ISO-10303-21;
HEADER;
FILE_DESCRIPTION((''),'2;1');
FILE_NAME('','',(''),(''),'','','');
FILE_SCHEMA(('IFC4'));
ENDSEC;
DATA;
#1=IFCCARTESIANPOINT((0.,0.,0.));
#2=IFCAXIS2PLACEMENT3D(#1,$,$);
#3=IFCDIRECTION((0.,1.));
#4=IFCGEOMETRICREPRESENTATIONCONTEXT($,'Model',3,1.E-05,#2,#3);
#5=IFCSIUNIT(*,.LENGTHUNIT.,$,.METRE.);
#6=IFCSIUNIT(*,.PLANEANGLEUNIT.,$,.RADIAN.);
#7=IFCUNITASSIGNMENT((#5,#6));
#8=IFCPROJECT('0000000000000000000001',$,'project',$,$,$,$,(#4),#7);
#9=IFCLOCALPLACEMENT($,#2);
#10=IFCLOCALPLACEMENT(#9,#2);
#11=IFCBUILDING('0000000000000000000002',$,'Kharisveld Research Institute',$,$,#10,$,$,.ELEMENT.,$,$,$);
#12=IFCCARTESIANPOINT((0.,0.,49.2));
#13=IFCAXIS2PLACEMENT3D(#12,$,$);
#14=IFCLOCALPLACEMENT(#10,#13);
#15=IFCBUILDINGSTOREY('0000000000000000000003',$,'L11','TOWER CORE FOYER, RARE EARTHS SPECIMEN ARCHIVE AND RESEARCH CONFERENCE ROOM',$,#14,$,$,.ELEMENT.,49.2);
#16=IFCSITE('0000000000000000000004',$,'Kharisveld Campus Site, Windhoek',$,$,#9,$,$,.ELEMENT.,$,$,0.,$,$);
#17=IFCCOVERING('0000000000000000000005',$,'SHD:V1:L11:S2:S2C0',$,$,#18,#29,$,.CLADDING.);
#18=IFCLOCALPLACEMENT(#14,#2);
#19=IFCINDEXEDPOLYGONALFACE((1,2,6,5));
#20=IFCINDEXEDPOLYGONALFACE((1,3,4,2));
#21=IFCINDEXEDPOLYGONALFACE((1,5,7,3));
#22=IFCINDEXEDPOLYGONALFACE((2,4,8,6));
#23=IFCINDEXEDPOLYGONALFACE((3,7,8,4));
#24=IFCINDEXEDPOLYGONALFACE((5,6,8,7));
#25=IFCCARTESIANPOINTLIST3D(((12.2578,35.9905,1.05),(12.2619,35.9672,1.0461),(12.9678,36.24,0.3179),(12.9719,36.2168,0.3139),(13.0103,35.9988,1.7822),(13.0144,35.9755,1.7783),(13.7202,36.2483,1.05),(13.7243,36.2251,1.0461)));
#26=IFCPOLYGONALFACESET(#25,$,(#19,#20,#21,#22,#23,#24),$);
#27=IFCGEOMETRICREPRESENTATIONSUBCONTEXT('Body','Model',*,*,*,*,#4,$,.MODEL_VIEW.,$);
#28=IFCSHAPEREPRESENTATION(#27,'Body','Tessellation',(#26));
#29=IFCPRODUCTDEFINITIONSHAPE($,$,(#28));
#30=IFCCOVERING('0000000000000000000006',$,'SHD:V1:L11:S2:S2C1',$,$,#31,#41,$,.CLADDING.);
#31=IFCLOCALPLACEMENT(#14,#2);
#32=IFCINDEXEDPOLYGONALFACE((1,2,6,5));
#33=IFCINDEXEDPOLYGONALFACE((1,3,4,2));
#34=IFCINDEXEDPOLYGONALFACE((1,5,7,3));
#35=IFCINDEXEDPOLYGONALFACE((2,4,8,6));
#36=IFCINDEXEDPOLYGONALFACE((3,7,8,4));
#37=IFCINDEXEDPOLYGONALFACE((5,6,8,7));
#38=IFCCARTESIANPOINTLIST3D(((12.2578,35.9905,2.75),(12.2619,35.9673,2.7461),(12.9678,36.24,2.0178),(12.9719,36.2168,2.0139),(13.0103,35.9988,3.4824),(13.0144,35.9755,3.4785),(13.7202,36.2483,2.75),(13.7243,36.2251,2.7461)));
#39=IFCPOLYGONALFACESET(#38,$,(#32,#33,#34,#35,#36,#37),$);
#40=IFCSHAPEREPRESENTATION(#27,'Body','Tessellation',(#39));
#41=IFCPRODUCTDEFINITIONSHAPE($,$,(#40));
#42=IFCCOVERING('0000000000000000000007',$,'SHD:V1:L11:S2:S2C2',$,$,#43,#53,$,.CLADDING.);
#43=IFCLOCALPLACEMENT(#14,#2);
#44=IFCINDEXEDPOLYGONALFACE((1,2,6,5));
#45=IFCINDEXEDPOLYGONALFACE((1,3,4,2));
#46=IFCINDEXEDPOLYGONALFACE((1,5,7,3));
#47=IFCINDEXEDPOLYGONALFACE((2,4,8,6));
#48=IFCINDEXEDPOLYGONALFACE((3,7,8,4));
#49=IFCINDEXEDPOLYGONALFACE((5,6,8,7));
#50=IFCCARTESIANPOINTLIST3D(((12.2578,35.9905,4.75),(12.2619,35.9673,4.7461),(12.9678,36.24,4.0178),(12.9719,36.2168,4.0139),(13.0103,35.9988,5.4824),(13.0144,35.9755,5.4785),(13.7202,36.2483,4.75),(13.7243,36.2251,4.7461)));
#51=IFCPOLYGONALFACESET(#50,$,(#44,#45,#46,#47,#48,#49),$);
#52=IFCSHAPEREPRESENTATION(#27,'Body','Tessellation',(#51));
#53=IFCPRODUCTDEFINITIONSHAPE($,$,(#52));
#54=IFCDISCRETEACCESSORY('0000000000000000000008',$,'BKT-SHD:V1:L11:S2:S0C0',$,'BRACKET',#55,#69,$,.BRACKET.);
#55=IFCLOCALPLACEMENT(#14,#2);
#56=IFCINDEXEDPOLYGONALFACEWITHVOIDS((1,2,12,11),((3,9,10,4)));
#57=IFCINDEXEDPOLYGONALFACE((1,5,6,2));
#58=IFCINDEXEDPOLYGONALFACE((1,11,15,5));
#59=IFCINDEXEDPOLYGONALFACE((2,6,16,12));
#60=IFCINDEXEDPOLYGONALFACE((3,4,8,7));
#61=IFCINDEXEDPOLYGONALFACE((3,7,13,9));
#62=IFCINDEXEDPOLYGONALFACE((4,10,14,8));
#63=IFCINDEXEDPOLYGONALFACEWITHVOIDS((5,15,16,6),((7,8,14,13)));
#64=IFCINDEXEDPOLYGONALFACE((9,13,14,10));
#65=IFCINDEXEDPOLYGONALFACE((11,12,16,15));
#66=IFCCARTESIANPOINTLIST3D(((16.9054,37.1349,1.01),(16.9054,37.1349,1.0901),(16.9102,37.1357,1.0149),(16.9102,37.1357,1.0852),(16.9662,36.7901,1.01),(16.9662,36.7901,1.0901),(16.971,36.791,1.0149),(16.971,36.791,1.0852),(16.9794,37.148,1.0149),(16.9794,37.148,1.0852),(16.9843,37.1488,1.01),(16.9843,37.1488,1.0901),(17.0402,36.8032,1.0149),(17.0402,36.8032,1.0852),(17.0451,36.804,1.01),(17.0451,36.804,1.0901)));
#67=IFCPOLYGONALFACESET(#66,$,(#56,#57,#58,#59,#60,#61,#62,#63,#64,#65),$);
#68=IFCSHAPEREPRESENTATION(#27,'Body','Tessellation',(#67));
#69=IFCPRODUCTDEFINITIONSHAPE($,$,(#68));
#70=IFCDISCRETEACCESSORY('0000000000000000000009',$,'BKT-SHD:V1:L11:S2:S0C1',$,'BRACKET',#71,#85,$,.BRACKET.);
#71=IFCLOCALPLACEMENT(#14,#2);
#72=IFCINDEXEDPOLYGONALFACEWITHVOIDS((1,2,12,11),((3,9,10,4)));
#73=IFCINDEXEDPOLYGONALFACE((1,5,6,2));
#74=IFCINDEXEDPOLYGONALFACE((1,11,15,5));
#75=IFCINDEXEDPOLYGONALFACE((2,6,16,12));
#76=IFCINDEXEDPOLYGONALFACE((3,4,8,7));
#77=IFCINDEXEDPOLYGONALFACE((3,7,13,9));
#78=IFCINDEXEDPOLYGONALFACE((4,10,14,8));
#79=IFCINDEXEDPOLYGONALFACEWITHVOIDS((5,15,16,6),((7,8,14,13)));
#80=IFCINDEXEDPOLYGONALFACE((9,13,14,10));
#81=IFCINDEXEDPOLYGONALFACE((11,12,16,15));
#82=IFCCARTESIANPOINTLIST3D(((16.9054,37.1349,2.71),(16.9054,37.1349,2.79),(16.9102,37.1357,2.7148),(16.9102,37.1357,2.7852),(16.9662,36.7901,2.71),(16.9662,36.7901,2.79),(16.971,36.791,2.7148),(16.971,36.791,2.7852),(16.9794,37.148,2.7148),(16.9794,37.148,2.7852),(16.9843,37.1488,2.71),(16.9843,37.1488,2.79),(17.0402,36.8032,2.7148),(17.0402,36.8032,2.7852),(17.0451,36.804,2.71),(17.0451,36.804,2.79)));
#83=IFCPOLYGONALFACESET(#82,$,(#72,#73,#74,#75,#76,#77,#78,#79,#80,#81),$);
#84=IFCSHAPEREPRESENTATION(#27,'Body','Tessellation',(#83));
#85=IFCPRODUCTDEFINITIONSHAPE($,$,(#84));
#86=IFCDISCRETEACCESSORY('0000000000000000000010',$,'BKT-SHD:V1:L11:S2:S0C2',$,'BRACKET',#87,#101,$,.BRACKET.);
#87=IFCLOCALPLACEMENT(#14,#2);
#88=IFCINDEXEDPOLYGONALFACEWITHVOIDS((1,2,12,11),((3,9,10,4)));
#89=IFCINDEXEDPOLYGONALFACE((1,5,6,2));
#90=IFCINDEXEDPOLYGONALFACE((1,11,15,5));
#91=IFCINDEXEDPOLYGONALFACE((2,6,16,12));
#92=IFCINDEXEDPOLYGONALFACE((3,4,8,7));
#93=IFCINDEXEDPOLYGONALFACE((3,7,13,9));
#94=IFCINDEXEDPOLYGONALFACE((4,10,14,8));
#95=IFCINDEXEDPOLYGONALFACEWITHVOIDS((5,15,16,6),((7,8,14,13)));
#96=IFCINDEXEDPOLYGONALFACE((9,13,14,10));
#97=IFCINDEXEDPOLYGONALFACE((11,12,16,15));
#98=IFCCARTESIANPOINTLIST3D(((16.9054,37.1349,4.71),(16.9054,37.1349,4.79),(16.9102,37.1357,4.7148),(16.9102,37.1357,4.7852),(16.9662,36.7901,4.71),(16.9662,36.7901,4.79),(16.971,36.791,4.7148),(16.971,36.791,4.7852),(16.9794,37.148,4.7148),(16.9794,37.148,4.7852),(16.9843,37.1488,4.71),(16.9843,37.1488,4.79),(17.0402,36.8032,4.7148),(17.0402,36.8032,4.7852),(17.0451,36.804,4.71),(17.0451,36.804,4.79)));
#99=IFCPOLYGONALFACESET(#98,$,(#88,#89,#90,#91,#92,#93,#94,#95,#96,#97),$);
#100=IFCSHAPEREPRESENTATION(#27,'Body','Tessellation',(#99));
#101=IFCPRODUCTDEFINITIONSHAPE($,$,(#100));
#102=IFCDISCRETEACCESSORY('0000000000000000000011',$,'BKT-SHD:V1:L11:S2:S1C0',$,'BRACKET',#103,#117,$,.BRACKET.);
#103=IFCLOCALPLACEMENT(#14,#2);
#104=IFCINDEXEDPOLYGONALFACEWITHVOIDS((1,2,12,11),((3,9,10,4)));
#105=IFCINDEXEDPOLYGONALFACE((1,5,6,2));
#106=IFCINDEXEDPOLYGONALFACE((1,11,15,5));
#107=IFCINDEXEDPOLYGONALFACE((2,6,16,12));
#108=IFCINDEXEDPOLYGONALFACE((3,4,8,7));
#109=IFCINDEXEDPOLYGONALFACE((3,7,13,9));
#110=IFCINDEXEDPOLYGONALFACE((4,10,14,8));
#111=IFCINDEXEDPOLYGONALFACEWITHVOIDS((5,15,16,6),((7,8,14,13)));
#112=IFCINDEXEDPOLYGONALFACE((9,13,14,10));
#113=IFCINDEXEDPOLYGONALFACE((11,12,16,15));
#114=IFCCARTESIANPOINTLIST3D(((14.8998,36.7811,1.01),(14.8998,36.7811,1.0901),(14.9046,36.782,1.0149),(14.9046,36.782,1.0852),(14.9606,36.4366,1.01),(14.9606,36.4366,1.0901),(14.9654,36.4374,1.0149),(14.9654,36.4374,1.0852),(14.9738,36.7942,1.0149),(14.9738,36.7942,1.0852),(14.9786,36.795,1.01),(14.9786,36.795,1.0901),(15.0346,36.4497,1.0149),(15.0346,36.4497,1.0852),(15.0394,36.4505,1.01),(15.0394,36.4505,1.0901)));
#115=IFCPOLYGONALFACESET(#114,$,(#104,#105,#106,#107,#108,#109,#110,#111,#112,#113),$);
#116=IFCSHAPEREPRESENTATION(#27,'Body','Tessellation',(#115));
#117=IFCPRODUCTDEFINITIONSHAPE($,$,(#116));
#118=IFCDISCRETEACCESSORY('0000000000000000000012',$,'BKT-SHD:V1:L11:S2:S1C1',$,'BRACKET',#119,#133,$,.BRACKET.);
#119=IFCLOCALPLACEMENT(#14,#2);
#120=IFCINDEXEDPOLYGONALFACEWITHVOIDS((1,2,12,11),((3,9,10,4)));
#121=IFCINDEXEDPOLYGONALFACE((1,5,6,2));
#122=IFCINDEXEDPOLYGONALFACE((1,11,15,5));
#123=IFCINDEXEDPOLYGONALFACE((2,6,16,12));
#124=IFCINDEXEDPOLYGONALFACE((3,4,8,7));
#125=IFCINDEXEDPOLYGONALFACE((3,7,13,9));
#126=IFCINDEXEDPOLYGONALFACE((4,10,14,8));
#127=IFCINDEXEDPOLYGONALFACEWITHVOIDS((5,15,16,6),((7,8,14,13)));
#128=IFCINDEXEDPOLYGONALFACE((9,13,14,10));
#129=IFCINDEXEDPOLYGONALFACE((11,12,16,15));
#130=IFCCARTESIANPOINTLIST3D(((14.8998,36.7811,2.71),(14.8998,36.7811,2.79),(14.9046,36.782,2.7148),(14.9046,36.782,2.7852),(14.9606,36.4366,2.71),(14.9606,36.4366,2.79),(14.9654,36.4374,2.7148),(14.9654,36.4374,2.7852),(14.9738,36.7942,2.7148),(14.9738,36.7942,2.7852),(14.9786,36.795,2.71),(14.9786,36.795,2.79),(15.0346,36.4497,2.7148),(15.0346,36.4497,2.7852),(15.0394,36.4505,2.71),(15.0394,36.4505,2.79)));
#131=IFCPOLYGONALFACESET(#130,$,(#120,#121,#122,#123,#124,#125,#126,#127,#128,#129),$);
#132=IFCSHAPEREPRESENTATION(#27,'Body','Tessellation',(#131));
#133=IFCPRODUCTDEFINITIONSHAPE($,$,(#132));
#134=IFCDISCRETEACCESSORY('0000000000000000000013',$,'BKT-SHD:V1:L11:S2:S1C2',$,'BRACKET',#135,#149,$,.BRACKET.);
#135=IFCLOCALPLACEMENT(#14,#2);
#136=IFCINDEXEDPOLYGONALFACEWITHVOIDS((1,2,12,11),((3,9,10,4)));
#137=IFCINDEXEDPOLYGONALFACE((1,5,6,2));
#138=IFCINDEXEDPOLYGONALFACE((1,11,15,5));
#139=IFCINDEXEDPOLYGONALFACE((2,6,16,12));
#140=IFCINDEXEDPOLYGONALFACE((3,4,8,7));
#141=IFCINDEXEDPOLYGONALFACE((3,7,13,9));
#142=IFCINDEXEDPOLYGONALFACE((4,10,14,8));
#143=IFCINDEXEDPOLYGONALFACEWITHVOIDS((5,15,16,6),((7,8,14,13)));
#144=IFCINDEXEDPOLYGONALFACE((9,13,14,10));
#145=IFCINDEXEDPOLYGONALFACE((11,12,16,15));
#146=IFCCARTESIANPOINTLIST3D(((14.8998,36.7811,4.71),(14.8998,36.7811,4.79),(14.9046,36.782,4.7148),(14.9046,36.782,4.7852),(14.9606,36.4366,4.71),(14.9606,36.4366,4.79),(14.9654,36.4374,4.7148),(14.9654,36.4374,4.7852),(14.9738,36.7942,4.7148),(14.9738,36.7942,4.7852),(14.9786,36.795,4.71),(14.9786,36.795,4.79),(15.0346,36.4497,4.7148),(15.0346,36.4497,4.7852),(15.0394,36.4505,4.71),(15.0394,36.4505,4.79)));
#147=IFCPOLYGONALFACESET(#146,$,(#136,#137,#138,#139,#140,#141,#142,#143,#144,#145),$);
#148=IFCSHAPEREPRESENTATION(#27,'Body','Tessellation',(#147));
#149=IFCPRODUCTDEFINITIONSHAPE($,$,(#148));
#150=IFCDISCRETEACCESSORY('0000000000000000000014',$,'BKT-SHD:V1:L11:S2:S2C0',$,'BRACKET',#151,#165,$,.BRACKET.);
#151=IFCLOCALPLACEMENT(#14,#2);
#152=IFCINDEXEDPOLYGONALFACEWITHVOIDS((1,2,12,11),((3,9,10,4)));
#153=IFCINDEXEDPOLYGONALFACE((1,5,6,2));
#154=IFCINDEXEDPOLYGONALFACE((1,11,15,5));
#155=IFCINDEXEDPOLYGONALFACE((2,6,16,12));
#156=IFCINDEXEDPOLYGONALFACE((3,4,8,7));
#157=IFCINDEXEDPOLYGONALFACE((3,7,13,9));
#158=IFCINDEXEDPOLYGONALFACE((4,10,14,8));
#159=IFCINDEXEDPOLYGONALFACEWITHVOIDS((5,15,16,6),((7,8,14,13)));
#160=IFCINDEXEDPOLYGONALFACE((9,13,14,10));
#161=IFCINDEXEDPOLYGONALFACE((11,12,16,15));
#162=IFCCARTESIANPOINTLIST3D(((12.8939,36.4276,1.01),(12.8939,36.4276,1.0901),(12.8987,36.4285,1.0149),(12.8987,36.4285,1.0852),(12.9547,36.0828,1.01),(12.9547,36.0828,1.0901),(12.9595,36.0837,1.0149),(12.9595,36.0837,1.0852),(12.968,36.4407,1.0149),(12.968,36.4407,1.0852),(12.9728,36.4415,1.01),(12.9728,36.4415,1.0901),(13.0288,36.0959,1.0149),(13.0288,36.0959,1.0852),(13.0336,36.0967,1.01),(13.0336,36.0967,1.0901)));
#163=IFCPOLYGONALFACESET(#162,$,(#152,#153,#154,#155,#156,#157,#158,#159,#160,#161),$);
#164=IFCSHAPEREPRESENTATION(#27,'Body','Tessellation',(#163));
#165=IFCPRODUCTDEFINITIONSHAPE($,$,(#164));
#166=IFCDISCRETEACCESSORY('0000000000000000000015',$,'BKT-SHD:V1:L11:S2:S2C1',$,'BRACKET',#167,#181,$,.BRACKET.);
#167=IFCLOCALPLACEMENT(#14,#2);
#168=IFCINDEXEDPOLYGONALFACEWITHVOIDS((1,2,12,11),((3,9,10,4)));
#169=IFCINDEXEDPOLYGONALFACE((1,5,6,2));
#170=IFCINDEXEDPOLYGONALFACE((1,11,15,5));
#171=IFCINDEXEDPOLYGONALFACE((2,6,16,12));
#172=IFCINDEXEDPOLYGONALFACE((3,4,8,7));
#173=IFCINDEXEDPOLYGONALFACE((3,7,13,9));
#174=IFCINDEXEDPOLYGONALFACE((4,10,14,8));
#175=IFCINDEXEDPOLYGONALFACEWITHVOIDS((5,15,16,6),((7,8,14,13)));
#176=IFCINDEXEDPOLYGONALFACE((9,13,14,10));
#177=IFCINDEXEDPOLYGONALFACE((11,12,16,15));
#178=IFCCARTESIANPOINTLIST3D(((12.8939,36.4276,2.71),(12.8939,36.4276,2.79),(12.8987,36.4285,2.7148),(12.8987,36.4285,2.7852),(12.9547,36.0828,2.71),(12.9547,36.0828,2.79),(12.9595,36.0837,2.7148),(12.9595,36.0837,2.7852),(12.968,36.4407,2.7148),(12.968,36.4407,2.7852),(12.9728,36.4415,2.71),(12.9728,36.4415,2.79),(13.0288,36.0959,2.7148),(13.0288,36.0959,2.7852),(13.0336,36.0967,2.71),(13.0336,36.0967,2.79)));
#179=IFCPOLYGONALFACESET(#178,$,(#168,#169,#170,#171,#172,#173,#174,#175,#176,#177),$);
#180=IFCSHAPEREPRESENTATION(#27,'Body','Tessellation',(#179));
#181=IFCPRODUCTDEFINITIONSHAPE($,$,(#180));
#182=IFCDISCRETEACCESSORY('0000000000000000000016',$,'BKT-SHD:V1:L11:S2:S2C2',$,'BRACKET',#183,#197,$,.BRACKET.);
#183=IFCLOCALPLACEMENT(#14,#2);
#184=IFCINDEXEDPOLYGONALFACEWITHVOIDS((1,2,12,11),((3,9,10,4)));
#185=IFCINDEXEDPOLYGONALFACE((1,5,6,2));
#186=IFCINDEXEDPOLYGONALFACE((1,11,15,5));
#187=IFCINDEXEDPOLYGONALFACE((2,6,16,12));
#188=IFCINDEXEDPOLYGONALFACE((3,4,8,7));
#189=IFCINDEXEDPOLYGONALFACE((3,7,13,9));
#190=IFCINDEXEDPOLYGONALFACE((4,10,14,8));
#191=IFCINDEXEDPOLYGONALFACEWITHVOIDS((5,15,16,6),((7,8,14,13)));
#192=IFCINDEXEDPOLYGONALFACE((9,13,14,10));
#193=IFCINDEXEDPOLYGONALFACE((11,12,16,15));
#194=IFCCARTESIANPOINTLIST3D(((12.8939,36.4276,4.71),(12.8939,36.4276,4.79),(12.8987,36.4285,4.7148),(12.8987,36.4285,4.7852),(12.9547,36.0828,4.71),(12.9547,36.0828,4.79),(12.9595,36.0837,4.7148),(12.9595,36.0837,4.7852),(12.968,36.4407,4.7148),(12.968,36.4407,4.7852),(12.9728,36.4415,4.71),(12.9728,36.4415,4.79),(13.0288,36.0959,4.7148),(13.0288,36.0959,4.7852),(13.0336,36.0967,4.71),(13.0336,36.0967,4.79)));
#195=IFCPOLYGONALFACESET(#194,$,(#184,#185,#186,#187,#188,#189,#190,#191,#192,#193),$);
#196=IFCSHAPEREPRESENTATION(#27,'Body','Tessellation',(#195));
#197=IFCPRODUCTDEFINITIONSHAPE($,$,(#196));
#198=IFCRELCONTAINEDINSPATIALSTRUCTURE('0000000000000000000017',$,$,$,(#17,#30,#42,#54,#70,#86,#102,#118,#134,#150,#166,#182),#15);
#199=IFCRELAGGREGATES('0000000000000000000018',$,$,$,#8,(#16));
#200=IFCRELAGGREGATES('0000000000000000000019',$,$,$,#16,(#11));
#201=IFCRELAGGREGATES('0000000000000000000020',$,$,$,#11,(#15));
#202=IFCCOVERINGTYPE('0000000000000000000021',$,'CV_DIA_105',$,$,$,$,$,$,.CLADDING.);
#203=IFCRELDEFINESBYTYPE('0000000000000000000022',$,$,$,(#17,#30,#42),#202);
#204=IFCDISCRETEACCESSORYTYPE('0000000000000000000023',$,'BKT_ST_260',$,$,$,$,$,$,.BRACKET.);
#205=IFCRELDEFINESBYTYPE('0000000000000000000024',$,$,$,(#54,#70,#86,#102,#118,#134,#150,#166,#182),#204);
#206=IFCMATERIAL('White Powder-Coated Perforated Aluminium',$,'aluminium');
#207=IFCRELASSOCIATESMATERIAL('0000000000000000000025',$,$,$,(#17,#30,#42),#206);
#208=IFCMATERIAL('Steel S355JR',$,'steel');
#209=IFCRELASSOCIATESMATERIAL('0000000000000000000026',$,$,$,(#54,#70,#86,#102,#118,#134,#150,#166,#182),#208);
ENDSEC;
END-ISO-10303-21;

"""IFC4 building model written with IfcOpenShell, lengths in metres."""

from ifc_helpers import new_model, si_unit, direction, frame, origin, origin_2d, place, context, subcontext, project, spatial, polyline, hollow_rectangle, outline, extrude, material, type_object, element, save


model = new_model("IFC4")

# Units and contexts
model_context = context("Model", 3, precision=1e-05, world=origin(), true_north=direction((0.0, 1.0)))
body_context = subcontext(model_context, "Body", "Model", "MODEL_VIEW")
ifc_project = project(units=[si_unit("LENGTHUNIT", "METRE"), si_unit("PLANEANGLEUNIT", "RADIAN")], contexts=[model_context])

# Site, building, storey
site_placement = place(None, origin())
site = spatial("IfcSite", under=ifc_project, at=site_placement, Name="Kharisveld Campus Site, Windhoek", CompositionType="ELEMENT", RefElevation=0.0)
building_placement = place(site_placement, origin())
building = spatial("IfcBuilding", under=site, at=building_placement, Name="Kharisveld Research Institute", CompositionType="ELEMENT")
storey_placement = place(building_placement, frame((0.0, 0.0, 49.2)))
storey = spatial("IfcBuildingStorey", under=building, at=storey_placement, Name="L11", Description="TOWER CORE FOYER, RARE EARTHS SPECIMEN ARCHIVE AND RESEARCH CONFERENCE ROOM", CompositionType="ELEMENT", Elevation=49.2)

# Coverings
ifc_material_1 = material(Name="White Powder-Coated Perforated Aluminium", Category="aluminium")
covering_type = type_object("IfcCoveringType", Name="CV_DIA_105", PredefinedType="CLADDING")
covering_1_placement = place(storey_placement, frame((12.9678, 36.24, 0.3179), z_axis=(-0.171238, 0.971321, 0.164965), x_axis=(-0.676189, -0.237643, 0.697349)))
element("IfcCovering", 1, at=covering_1_placement, inside=storey, type_object=covering_type, material=ifc_material_1, Name="SHD:V1:L11:S2:S2C0", PredefinedType="CLADDING", context=body_context, shape_type="SweptSolid", body=[
    extrude(outline(polyline([(0.0, 0.0), (1.0499, 0.0), (1.0498, 1.0499), (-0.0002, 1.0499), (0.0, 0.0)])), origin(), (0.0, 0.0, -1.0), 0.0239),
])
for number, where, z_axis, x_axis, name in (
    (2, (12.9678, 36.24, 2.0178), (-0.171239, 0.971325, 0.164938), (-0.676192, -0.237624, 0.697352), "SHD:V1:L11:S2:S2C1"),
    (3, (12.9678, 36.24, 4.0178), (-0.171239, 0.971325, 0.164938), (-0.676192, -0.237624, 0.697352), "SHD:V1:L11:S2:S2C2"),
):
    element("IfcCovering", number, at=place(storey_placement, frame(where, z_axis=z_axis, x_axis=x_axis)), inside=storey, type_object=covering_type, material=ifc_material_1, Name=name, PredefinedType="CLADDING", context=body_context, shape_type="SweptSolid", body=[
        extrude(outline(polyline([(0.0, 0.0), (1.0499, 0.0), (1.0499, 1.0501), (-0.0002, 1.0499), (0.0, 0.0)])), origin(), (0.0, 0.0, -1.0), 0.0239),
    ])

# Discrete accessories
ifc_material_2 = material(Name="Steel S355JR", Category="steel")
discrete_accessory_type = type_object("IfcDiscreteAccessoryType", Name="BKT_ST_260", PredefinedType="BRACKET")
for number, where, z_axis, x_axis, name in (
    (4, (16.9448, 37.1418, 1.05), (0.173666, -0.984805, 0.0), (0.984805, 0.173666, 0.0), "BKT-SHD:V1:L11:S2:S0C0"),
    (5, (16.9448, 37.1418, 2.75), (0.173666, -0.984805, 0.0), (0.984805, 0.173666, 0.0), "BKT-SHD:V1:L11:S2:S0C1"),
    (6, (16.9448, 37.1418, 4.75), (0.173666, -0.984805, 0.0), (0.984805, 0.173666, 0.0), "BKT-SHD:V1:L11:S2:S0C2"),
):
    element("IfcDiscreteAccessory", number, at=place(storey_placement, frame(where, z_axis=z_axis, x_axis=x_axis)), inside=storey, type_object=discrete_accessory_type, material=ifc_material_2, Name=name, ObjectType="BRACKET", PredefinedType="BRACKET", context=body_context, shape_type="SweptSolid", body=[
        extrude(hollow_rectangle(XDim=0.0801, YDim=0.0801, WallThickness=0.0049, at=origin_2d()), origin(), (0.0, 0.0, 1.0), 0.3501),
    ])
for number, where, z_axis, x_axis, name in (
    (7, (14.9392, 36.7881, 1.05), (0.173785, -0.984784, 0.0), (0.984784, 0.173785, 0.0), "BKT-SHD:V1:L11:S2:S1C0"),
    (8, (14.9392, 36.7881, 2.75), (0.173785, -0.984784, 0.0), (0.984784, 0.173785, 0.0), "BKT-SHD:V1:L11:S2:S1C1"),
    (9, (14.9392, 36.7881, 4.75), (0.173785, -0.984784, 0.0), (0.984784, 0.173785, 0.0), "BKT-SHD:V1:L11:S2:S1C2"),
):
    element("IfcDiscreteAccessory", number, at=place(storey_placement, frame(where, z_axis=z_axis, x_axis=x_axis)), inside=storey, type_object=discrete_accessory_type, material=ifc_material_2, Name=name, ObjectType="BRACKET", PredefinedType="BRACKET", context=body_context, shape_type="SweptSolid", body=[
        extrude(hollow_rectangle(XDim=0.0801, YDim=0.0801, WallThickness=0.0049, at=origin_2d()), origin(), (0.0, 0.0, 1.0), 0.3499),
    ])
for number, where, z_axis, x_axis, name in (
    (10, (12.9333, 36.4346, 1.05), (0.173666, -0.984805, 0.0), (0.984805, 0.173666, 0.0), "BKT-SHD:V1:L11:S2:S2C0"),
    (11, (12.9333, 36.4346, 2.75), (0.173666, -0.984805, 0.0), (0.984805, 0.173666, 0.0), "BKT-SHD:V1:L11:S2:S2C1"),
    (12, (12.9333, 36.4346, 4.75), (0.173666, -0.984805, 0.0), (0.984805, 0.173666, 0.0), "BKT-SHD:V1:L11:S2:S2C2"),
):
    element("IfcDiscreteAccessory", number, at=place(storey_placement, frame(where, z_axis=z_axis, x_axis=x_axis)), inside=storey, type_object=discrete_accessory_type, material=ifc_material_2, Name=name, ObjectType="BRACKET", PredefinedType="BRACKET", context=body_context, shape_type="SweptSolid", body=[
        extrude(hollow_rectangle(XDim=0.0801, YDim=0.0801, WallThickness=0.0049, at=origin_2d()), origin(), (0.0, 0.0, 1.0), 0.3501),
    ])

save(model, "model.ifc")
